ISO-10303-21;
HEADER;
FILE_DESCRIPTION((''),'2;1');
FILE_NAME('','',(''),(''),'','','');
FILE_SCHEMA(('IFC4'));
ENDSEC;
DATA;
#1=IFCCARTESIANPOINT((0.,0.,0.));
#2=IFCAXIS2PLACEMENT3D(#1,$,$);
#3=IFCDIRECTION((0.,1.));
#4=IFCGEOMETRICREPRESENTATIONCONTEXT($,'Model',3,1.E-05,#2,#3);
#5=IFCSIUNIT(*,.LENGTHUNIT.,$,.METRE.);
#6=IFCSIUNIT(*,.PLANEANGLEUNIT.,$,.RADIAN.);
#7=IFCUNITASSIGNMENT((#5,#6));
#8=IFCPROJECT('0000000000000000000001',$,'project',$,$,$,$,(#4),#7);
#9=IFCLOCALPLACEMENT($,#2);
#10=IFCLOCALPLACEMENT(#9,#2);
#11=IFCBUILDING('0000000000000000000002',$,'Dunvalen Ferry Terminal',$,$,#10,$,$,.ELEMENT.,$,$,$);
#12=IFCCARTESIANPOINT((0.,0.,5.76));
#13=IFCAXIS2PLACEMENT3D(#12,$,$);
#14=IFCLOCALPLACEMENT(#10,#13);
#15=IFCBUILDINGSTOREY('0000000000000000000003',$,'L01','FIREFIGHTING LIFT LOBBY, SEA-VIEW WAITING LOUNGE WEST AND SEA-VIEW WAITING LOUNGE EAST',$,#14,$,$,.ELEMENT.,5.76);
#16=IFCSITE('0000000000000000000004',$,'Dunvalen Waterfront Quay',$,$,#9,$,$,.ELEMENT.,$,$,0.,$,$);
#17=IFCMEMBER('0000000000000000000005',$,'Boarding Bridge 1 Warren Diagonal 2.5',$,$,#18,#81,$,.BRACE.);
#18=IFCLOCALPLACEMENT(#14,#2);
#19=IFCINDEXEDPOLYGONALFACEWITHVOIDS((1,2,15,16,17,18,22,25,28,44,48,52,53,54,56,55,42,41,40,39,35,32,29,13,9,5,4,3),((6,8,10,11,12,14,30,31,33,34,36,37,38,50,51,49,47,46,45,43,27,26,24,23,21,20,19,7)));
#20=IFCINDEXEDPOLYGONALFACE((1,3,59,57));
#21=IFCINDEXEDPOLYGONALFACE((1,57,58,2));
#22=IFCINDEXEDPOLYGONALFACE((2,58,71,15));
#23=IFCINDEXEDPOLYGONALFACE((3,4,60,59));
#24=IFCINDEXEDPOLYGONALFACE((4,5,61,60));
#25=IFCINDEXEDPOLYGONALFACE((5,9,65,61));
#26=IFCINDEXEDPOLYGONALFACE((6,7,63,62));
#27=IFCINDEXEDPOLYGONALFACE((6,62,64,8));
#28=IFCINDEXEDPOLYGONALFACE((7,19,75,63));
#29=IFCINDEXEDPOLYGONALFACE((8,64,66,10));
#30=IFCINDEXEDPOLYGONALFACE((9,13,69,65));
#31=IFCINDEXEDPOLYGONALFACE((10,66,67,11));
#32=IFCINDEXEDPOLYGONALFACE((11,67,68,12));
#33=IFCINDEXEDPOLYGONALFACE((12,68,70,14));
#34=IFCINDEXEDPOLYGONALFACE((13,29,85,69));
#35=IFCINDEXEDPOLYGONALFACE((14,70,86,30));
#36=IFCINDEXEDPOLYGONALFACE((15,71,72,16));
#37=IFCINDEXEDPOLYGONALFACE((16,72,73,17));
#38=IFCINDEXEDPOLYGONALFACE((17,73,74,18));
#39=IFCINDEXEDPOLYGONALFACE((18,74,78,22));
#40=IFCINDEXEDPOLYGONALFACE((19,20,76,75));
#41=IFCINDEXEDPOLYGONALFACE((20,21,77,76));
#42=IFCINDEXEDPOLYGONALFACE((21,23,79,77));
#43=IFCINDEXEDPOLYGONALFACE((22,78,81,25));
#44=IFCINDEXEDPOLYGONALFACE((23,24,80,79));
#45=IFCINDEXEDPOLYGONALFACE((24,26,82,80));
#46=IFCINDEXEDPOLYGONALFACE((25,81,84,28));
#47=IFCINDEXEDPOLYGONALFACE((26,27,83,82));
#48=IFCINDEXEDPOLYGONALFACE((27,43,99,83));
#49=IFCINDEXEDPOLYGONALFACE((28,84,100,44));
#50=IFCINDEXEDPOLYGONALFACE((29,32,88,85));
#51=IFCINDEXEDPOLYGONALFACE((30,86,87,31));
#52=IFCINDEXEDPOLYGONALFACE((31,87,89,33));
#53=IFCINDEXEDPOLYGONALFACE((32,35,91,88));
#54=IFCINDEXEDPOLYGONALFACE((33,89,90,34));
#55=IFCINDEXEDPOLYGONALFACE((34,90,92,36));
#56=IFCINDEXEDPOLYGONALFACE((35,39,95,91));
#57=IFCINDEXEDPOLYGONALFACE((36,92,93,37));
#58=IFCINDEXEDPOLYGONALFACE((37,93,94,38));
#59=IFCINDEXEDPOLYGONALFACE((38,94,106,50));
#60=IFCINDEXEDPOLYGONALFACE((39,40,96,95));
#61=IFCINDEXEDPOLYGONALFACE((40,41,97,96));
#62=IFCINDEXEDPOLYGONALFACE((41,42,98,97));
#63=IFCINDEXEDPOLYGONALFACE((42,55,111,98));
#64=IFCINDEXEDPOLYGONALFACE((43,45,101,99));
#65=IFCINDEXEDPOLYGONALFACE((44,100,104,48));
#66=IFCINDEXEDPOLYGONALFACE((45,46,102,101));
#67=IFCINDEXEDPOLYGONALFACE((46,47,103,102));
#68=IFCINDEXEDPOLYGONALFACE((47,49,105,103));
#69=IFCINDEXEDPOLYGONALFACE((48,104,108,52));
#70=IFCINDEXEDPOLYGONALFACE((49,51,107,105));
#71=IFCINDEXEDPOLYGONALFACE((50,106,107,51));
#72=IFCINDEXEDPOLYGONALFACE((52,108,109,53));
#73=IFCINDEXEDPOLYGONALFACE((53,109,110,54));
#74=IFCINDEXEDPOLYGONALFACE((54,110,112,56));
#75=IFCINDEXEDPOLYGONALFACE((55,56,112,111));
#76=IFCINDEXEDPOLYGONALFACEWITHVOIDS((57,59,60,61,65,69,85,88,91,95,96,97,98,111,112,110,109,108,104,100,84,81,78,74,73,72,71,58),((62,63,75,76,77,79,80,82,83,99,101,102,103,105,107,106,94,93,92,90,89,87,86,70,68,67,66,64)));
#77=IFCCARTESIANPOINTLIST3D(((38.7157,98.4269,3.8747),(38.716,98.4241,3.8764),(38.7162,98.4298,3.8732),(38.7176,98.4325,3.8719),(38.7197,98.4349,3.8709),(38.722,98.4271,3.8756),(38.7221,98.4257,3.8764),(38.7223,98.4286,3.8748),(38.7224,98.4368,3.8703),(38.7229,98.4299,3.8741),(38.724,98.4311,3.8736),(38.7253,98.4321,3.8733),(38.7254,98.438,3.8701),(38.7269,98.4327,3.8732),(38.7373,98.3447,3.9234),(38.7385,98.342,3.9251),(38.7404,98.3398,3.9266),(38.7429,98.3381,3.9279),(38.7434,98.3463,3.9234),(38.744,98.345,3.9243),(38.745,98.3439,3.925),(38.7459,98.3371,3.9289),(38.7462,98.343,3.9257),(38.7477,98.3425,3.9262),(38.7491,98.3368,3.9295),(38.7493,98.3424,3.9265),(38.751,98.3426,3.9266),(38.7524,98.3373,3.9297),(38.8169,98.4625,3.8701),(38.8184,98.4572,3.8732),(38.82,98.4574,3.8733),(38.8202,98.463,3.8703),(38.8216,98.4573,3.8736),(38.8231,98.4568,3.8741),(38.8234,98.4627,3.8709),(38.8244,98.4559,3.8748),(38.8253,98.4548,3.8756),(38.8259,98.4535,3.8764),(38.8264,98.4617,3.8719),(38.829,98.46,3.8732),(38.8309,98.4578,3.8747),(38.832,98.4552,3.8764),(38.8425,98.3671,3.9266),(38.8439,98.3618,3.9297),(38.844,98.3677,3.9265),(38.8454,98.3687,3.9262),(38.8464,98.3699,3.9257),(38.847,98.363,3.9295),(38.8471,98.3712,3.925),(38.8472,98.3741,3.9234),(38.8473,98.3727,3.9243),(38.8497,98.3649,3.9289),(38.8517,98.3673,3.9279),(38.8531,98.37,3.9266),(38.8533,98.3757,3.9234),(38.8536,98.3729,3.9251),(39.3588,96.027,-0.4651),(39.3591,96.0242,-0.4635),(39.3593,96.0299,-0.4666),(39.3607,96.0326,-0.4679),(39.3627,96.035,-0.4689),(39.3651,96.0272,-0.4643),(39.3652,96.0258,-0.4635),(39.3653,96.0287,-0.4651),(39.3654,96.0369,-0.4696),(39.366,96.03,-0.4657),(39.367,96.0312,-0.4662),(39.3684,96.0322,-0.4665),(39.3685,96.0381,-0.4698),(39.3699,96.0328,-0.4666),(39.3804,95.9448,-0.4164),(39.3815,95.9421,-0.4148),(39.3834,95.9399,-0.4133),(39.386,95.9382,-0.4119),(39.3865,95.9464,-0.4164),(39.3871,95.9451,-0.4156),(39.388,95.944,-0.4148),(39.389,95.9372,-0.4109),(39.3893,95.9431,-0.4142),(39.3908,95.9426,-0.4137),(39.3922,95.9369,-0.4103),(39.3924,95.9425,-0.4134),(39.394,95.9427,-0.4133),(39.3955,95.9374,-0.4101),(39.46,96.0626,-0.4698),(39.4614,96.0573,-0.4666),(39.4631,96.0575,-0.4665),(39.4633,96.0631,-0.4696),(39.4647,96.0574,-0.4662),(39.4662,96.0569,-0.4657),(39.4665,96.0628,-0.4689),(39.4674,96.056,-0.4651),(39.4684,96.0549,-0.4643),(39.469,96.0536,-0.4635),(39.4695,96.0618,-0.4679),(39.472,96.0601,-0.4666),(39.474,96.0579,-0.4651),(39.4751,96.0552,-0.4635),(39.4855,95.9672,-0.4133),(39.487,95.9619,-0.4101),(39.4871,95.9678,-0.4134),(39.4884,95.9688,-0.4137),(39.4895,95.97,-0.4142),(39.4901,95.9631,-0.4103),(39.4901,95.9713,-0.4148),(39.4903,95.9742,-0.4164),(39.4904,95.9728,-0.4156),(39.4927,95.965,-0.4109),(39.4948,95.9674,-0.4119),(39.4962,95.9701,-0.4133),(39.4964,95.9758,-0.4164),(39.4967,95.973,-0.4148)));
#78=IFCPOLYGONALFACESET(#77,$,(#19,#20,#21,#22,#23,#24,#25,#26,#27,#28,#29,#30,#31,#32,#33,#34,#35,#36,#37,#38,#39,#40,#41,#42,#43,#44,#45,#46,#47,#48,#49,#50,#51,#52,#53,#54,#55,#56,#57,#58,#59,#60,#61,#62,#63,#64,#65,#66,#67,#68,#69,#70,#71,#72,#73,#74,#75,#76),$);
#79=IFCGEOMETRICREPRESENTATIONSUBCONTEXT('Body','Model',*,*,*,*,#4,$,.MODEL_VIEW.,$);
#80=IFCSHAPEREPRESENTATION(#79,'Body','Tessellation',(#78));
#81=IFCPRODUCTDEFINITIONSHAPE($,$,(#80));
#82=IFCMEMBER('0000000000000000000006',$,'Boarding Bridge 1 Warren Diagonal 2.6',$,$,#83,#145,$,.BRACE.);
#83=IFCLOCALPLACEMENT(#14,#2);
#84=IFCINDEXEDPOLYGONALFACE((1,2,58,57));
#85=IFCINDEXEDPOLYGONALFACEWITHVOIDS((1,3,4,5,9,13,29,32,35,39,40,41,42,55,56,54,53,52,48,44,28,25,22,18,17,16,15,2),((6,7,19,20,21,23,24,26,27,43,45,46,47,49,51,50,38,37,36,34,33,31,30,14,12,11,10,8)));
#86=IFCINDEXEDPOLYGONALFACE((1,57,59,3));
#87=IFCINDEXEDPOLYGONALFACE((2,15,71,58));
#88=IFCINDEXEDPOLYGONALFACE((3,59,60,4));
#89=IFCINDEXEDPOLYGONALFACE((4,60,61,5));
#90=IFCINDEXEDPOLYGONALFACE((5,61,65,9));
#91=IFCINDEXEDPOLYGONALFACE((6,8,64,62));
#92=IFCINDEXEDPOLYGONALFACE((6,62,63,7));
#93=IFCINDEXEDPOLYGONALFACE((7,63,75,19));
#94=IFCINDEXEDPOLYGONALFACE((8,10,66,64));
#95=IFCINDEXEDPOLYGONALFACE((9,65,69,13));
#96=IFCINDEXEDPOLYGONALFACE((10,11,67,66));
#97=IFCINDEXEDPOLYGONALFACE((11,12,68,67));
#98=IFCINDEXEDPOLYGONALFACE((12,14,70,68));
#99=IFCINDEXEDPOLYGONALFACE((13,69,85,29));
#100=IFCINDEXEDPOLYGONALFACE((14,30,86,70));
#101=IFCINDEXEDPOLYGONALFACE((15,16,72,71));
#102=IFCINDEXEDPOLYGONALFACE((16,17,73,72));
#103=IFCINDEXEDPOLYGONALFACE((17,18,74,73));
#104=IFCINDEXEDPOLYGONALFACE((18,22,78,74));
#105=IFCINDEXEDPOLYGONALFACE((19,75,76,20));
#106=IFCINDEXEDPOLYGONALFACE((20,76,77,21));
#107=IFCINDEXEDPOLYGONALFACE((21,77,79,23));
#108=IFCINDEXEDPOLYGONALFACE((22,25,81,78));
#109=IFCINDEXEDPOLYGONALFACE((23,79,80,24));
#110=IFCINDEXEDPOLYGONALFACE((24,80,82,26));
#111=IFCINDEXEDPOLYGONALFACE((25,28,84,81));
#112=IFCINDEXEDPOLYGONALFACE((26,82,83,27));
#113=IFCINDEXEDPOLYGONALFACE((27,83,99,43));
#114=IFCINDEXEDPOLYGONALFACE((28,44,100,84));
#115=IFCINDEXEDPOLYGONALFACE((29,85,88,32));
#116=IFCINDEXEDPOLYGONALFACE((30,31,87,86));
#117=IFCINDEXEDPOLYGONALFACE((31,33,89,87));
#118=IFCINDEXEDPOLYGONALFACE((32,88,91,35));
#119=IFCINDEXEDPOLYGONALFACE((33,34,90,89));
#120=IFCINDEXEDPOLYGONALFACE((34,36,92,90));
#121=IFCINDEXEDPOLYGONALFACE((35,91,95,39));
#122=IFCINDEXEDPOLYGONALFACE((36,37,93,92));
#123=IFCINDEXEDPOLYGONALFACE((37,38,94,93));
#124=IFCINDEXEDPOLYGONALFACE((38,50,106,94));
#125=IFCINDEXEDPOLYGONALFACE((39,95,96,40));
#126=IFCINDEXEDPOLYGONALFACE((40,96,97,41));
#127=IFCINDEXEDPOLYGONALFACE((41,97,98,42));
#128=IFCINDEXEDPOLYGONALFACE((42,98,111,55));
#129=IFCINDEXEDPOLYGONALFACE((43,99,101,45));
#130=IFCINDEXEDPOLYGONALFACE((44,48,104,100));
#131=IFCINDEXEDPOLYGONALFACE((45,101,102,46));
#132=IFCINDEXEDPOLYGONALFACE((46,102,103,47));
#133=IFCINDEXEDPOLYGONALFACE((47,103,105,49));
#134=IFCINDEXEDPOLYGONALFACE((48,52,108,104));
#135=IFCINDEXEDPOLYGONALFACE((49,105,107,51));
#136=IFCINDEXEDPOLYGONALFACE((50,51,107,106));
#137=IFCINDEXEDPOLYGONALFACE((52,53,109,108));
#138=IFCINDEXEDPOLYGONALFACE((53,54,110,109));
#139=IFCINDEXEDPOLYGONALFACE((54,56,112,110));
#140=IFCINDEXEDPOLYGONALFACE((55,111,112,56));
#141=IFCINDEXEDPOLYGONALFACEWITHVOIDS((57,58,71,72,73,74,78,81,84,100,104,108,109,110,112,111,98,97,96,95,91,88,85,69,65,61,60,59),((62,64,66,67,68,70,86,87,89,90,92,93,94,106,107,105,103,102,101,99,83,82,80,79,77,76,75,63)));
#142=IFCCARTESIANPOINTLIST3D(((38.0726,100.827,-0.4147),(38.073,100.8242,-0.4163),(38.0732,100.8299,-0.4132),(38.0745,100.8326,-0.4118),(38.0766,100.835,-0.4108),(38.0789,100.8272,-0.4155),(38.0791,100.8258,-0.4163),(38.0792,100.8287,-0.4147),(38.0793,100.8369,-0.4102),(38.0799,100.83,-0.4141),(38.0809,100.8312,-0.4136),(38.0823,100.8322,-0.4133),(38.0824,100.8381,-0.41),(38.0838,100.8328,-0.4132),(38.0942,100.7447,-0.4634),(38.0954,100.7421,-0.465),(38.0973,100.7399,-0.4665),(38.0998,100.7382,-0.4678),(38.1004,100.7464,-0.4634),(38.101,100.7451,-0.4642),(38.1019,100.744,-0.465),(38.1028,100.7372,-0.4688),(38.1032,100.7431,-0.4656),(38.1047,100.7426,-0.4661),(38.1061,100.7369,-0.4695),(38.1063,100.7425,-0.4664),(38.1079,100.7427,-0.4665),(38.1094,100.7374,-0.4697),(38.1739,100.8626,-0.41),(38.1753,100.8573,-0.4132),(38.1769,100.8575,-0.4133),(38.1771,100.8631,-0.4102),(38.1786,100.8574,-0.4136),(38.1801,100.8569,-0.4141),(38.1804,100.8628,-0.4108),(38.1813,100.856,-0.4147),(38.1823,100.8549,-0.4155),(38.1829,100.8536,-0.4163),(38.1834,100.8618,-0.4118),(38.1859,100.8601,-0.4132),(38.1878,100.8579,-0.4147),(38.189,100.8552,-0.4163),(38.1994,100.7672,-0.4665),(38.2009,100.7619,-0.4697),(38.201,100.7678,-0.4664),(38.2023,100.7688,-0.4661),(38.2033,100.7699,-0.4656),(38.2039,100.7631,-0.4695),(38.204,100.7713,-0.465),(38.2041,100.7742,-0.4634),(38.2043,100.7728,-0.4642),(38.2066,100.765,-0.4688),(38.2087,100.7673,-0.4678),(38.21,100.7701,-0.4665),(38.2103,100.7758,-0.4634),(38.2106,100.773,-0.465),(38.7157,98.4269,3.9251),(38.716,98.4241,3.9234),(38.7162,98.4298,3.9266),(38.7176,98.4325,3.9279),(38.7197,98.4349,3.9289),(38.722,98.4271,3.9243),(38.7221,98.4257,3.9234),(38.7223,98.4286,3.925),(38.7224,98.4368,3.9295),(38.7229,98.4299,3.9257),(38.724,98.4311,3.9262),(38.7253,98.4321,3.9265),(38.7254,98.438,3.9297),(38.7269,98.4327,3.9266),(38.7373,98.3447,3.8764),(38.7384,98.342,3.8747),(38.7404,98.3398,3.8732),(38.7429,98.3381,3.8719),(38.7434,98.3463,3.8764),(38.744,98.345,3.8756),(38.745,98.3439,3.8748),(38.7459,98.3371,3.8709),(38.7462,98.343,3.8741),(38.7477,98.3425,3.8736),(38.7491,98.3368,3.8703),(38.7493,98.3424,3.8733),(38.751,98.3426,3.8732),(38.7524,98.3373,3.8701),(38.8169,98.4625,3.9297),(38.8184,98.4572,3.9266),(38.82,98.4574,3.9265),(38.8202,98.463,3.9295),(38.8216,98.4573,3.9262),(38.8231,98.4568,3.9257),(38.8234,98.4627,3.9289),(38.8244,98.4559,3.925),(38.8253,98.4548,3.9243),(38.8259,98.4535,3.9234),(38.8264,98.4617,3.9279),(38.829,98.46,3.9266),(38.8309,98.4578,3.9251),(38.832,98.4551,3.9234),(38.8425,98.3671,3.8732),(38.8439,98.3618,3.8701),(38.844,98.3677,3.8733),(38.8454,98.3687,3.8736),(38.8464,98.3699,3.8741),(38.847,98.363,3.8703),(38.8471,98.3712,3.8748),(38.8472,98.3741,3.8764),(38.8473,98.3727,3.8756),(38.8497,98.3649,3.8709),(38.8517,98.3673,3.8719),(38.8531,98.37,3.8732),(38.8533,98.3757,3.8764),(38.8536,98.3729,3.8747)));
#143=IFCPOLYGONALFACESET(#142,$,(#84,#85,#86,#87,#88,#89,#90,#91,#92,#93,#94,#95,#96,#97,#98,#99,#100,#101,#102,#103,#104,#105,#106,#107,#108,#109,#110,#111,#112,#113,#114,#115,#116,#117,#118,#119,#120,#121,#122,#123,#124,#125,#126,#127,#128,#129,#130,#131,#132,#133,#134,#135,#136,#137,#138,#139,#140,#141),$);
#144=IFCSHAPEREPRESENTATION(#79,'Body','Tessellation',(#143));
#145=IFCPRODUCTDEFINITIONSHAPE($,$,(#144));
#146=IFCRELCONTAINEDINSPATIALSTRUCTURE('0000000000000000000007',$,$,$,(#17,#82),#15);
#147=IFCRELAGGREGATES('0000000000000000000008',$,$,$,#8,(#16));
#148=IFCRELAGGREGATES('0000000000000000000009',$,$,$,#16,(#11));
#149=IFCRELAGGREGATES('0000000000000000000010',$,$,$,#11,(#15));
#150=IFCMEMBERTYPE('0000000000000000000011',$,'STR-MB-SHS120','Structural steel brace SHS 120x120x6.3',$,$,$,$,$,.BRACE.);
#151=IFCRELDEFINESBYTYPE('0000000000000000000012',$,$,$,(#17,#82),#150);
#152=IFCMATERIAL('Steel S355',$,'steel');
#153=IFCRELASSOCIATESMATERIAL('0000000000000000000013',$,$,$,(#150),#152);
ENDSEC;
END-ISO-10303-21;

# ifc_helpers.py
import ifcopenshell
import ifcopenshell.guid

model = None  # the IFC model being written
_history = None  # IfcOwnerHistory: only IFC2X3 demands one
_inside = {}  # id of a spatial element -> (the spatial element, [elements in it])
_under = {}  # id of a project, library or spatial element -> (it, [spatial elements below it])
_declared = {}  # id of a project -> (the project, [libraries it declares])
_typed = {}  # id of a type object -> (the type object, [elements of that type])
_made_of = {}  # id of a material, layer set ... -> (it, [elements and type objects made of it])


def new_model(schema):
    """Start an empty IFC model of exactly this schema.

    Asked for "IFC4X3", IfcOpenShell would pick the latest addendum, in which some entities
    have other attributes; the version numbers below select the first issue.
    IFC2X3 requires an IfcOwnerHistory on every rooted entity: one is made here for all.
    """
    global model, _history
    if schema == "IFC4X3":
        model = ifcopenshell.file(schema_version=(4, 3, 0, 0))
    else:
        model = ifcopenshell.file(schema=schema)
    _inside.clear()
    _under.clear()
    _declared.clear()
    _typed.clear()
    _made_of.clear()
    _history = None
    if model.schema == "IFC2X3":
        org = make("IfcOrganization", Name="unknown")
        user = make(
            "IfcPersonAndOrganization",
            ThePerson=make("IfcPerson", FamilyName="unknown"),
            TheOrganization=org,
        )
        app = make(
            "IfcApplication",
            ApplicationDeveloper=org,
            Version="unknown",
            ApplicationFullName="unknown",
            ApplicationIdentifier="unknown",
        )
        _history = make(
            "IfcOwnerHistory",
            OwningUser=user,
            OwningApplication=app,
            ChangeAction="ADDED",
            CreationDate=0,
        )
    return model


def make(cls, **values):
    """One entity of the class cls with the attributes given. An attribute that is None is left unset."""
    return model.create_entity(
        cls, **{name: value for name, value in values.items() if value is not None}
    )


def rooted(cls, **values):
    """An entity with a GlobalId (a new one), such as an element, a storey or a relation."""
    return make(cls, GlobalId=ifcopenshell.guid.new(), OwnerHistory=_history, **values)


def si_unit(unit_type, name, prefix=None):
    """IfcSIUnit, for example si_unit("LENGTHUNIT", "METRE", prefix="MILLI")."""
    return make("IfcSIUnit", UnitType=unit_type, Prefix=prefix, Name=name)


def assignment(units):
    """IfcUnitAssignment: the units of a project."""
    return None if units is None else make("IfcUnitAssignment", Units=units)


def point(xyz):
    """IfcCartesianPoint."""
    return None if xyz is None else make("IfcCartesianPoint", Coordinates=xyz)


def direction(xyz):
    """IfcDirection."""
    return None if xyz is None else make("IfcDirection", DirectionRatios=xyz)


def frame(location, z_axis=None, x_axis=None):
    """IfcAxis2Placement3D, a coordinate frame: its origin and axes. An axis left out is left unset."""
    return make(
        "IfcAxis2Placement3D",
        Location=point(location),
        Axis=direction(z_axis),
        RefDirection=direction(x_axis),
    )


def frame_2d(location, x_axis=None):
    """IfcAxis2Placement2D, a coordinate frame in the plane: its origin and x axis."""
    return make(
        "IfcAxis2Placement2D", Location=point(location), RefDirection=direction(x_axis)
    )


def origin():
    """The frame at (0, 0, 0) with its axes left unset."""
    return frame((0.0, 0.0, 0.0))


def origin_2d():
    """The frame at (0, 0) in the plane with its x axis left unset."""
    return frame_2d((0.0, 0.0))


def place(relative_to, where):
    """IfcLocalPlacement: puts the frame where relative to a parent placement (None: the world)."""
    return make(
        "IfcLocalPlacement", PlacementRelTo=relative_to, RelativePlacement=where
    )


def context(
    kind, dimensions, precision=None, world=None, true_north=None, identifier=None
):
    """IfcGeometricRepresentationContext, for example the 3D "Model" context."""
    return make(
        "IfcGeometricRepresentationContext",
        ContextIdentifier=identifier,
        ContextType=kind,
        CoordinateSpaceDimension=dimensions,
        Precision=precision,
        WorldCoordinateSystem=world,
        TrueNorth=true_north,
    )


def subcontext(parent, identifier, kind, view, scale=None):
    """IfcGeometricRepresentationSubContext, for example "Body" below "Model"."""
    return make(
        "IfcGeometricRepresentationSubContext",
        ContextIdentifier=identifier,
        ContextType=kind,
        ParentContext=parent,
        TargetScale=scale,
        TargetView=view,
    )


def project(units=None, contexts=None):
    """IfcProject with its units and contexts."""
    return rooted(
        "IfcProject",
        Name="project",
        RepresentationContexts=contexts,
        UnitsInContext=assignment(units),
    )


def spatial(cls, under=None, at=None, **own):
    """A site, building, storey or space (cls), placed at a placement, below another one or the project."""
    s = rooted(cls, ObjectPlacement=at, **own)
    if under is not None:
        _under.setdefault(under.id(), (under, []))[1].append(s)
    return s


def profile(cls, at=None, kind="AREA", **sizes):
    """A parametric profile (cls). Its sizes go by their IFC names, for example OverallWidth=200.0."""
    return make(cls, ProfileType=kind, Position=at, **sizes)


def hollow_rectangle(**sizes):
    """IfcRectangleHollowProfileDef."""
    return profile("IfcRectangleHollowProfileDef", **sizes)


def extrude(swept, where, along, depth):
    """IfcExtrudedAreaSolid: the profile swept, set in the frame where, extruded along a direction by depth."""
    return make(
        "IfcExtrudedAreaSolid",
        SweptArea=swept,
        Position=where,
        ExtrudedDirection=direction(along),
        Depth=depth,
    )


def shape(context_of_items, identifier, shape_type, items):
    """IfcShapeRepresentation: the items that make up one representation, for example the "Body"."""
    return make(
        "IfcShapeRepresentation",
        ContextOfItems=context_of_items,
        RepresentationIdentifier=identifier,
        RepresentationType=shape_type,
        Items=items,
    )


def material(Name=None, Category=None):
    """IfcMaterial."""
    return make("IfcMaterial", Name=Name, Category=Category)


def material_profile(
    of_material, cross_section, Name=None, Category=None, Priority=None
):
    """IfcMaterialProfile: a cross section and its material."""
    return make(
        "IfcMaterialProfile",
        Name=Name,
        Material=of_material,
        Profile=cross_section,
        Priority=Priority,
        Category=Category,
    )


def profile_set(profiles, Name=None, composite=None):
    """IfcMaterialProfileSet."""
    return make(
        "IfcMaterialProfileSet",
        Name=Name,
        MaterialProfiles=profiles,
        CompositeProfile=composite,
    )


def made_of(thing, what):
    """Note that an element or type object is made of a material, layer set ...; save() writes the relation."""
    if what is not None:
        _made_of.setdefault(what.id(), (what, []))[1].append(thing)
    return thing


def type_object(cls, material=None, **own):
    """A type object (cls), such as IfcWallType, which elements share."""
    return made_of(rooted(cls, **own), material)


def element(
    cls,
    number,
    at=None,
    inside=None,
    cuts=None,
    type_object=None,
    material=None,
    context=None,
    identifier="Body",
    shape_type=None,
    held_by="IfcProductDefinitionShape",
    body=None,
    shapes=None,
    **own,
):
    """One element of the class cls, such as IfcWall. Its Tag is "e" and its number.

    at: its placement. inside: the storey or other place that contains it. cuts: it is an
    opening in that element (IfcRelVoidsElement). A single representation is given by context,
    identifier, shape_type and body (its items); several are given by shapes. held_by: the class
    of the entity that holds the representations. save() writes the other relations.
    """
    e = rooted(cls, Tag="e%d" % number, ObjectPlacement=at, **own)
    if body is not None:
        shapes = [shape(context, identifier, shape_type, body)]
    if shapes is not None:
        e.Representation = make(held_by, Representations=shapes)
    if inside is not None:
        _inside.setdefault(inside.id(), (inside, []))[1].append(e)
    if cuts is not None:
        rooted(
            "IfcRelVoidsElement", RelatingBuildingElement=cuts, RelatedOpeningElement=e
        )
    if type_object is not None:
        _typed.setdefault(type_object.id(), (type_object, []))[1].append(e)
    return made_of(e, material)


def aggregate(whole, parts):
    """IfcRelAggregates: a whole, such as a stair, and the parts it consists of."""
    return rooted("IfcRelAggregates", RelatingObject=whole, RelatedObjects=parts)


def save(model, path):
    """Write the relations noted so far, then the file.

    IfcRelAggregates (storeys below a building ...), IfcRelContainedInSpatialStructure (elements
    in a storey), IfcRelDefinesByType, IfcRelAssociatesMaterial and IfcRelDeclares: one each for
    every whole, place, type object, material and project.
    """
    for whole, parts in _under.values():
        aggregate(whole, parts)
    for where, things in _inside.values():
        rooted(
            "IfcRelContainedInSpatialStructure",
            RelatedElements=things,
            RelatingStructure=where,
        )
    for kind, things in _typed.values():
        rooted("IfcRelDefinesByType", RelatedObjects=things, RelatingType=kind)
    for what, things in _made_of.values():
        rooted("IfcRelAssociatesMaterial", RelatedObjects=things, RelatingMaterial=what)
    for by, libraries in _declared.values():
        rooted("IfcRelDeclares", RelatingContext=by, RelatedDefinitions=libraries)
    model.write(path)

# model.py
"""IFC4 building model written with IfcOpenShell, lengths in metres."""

from ifc_helpers import new_model, si_unit, direction, frame, origin, origin_2d, place, context, subcontext, project, spatial, hollow_rectangle, extrude, material, material_profile, profile_set, type_object, element, save


model = new_model("IFC4")

# Units and contexts
model_context = context("Model", 3, precision=1e-05, world=origin(), true_north=direction((0.0, 1.0)))
body_context = subcontext(model_context, "Body", "Model", "MODEL_VIEW")
ifc_project = project(units=[si_unit("LENGTHUNIT", "METRE"), si_unit("PLANEANGLEUNIT", "RADIAN")], contexts=[model_context])

# Site, building, storey
site_placement = place(None, origin())
site = spatial("IfcSite", under=ifc_project, at=site_placement, Name="Dunvalen Waterfront Quay", CompositionType="ELEMENT", RefElevation=0.0)
building_placement = place(site_placement, origin())
building = spatial("IfcBuilding", under=site, at=building_placement, Name="Dunvalen Ferry Terminal", CompositionType="ELEMENT")
storey_placement = place(building_placement, frame((0.0, 0.0, 5.76)))
storey = spatial("IfcBuildingStorey", under=building, at=storey_placement, Name="L01", Description="FIREFIGHTING LIFT LOBBY, SEA-VIEW WAITING LOUNGE WEST AND SEA-VIEW WAITING LOUNGE EAST", CompositionType="ELEMENT", Elevation=5.76)

# Members
ifc_material_1 = material(Name="Steel S355", Category="steel")
ifc_material_profile_1 = material_profile(ifc_material_1, hollow_rectangle(XDim=0.1201, YDim=0.1201, WallThickness=0.0063, InnerFilletRadius=0.0063, OuterFilletRadius=0.0127, at=origin_2d()), Name="Steel S355")
ifc_profile_set_1 = profile_set([ifc_material_profile_1], Name="Steel S355")
member_type_1 = type_object("IfcMemberType", Name="STR-MB-SHS120", Description="Structural steel brace SHS 120x120x6.3", PredefinedType="BRACE", material=ifc_profile_set_1)
for number, where, z_axis, x_axis, name in (
    (1, (39.4277, 96.0, -0.4399), (-0.128594, 0.47991, 0.867842), (-0.965924, -0.258824, 0.0), "Boarding Bridge 1 Warren Diagonal 2.5"),
    (2, (38.7847, 98.3999, 3.8999), (-0.128591, 0.479948, -0.867822), (-0.965931, -0.2588, 0.0), "Boarding Bridge 1 Warren Diagonal 2.6"),
):
    element("IfcMember", number, at=place(storey_placement, frame(where, z_axis=z_axis, x_axis=x_axis)), inside=storey, type_object=member_type_1, Name=name, PredefinedType="BRACE", context=body_context, shape_type="SweptSolid", body=[
        extrude(hollow_rectangle(XDim=0.1201, YDim=0.1201, WallThickness=0.0063, InnerFilletRadius=0.0063, OuterFilletRadius=0.0127, at=origin_2d()), origin(), (0.0, 0.0, 1.0), 5.0007),
    ])

save(model, "model.ifc")
